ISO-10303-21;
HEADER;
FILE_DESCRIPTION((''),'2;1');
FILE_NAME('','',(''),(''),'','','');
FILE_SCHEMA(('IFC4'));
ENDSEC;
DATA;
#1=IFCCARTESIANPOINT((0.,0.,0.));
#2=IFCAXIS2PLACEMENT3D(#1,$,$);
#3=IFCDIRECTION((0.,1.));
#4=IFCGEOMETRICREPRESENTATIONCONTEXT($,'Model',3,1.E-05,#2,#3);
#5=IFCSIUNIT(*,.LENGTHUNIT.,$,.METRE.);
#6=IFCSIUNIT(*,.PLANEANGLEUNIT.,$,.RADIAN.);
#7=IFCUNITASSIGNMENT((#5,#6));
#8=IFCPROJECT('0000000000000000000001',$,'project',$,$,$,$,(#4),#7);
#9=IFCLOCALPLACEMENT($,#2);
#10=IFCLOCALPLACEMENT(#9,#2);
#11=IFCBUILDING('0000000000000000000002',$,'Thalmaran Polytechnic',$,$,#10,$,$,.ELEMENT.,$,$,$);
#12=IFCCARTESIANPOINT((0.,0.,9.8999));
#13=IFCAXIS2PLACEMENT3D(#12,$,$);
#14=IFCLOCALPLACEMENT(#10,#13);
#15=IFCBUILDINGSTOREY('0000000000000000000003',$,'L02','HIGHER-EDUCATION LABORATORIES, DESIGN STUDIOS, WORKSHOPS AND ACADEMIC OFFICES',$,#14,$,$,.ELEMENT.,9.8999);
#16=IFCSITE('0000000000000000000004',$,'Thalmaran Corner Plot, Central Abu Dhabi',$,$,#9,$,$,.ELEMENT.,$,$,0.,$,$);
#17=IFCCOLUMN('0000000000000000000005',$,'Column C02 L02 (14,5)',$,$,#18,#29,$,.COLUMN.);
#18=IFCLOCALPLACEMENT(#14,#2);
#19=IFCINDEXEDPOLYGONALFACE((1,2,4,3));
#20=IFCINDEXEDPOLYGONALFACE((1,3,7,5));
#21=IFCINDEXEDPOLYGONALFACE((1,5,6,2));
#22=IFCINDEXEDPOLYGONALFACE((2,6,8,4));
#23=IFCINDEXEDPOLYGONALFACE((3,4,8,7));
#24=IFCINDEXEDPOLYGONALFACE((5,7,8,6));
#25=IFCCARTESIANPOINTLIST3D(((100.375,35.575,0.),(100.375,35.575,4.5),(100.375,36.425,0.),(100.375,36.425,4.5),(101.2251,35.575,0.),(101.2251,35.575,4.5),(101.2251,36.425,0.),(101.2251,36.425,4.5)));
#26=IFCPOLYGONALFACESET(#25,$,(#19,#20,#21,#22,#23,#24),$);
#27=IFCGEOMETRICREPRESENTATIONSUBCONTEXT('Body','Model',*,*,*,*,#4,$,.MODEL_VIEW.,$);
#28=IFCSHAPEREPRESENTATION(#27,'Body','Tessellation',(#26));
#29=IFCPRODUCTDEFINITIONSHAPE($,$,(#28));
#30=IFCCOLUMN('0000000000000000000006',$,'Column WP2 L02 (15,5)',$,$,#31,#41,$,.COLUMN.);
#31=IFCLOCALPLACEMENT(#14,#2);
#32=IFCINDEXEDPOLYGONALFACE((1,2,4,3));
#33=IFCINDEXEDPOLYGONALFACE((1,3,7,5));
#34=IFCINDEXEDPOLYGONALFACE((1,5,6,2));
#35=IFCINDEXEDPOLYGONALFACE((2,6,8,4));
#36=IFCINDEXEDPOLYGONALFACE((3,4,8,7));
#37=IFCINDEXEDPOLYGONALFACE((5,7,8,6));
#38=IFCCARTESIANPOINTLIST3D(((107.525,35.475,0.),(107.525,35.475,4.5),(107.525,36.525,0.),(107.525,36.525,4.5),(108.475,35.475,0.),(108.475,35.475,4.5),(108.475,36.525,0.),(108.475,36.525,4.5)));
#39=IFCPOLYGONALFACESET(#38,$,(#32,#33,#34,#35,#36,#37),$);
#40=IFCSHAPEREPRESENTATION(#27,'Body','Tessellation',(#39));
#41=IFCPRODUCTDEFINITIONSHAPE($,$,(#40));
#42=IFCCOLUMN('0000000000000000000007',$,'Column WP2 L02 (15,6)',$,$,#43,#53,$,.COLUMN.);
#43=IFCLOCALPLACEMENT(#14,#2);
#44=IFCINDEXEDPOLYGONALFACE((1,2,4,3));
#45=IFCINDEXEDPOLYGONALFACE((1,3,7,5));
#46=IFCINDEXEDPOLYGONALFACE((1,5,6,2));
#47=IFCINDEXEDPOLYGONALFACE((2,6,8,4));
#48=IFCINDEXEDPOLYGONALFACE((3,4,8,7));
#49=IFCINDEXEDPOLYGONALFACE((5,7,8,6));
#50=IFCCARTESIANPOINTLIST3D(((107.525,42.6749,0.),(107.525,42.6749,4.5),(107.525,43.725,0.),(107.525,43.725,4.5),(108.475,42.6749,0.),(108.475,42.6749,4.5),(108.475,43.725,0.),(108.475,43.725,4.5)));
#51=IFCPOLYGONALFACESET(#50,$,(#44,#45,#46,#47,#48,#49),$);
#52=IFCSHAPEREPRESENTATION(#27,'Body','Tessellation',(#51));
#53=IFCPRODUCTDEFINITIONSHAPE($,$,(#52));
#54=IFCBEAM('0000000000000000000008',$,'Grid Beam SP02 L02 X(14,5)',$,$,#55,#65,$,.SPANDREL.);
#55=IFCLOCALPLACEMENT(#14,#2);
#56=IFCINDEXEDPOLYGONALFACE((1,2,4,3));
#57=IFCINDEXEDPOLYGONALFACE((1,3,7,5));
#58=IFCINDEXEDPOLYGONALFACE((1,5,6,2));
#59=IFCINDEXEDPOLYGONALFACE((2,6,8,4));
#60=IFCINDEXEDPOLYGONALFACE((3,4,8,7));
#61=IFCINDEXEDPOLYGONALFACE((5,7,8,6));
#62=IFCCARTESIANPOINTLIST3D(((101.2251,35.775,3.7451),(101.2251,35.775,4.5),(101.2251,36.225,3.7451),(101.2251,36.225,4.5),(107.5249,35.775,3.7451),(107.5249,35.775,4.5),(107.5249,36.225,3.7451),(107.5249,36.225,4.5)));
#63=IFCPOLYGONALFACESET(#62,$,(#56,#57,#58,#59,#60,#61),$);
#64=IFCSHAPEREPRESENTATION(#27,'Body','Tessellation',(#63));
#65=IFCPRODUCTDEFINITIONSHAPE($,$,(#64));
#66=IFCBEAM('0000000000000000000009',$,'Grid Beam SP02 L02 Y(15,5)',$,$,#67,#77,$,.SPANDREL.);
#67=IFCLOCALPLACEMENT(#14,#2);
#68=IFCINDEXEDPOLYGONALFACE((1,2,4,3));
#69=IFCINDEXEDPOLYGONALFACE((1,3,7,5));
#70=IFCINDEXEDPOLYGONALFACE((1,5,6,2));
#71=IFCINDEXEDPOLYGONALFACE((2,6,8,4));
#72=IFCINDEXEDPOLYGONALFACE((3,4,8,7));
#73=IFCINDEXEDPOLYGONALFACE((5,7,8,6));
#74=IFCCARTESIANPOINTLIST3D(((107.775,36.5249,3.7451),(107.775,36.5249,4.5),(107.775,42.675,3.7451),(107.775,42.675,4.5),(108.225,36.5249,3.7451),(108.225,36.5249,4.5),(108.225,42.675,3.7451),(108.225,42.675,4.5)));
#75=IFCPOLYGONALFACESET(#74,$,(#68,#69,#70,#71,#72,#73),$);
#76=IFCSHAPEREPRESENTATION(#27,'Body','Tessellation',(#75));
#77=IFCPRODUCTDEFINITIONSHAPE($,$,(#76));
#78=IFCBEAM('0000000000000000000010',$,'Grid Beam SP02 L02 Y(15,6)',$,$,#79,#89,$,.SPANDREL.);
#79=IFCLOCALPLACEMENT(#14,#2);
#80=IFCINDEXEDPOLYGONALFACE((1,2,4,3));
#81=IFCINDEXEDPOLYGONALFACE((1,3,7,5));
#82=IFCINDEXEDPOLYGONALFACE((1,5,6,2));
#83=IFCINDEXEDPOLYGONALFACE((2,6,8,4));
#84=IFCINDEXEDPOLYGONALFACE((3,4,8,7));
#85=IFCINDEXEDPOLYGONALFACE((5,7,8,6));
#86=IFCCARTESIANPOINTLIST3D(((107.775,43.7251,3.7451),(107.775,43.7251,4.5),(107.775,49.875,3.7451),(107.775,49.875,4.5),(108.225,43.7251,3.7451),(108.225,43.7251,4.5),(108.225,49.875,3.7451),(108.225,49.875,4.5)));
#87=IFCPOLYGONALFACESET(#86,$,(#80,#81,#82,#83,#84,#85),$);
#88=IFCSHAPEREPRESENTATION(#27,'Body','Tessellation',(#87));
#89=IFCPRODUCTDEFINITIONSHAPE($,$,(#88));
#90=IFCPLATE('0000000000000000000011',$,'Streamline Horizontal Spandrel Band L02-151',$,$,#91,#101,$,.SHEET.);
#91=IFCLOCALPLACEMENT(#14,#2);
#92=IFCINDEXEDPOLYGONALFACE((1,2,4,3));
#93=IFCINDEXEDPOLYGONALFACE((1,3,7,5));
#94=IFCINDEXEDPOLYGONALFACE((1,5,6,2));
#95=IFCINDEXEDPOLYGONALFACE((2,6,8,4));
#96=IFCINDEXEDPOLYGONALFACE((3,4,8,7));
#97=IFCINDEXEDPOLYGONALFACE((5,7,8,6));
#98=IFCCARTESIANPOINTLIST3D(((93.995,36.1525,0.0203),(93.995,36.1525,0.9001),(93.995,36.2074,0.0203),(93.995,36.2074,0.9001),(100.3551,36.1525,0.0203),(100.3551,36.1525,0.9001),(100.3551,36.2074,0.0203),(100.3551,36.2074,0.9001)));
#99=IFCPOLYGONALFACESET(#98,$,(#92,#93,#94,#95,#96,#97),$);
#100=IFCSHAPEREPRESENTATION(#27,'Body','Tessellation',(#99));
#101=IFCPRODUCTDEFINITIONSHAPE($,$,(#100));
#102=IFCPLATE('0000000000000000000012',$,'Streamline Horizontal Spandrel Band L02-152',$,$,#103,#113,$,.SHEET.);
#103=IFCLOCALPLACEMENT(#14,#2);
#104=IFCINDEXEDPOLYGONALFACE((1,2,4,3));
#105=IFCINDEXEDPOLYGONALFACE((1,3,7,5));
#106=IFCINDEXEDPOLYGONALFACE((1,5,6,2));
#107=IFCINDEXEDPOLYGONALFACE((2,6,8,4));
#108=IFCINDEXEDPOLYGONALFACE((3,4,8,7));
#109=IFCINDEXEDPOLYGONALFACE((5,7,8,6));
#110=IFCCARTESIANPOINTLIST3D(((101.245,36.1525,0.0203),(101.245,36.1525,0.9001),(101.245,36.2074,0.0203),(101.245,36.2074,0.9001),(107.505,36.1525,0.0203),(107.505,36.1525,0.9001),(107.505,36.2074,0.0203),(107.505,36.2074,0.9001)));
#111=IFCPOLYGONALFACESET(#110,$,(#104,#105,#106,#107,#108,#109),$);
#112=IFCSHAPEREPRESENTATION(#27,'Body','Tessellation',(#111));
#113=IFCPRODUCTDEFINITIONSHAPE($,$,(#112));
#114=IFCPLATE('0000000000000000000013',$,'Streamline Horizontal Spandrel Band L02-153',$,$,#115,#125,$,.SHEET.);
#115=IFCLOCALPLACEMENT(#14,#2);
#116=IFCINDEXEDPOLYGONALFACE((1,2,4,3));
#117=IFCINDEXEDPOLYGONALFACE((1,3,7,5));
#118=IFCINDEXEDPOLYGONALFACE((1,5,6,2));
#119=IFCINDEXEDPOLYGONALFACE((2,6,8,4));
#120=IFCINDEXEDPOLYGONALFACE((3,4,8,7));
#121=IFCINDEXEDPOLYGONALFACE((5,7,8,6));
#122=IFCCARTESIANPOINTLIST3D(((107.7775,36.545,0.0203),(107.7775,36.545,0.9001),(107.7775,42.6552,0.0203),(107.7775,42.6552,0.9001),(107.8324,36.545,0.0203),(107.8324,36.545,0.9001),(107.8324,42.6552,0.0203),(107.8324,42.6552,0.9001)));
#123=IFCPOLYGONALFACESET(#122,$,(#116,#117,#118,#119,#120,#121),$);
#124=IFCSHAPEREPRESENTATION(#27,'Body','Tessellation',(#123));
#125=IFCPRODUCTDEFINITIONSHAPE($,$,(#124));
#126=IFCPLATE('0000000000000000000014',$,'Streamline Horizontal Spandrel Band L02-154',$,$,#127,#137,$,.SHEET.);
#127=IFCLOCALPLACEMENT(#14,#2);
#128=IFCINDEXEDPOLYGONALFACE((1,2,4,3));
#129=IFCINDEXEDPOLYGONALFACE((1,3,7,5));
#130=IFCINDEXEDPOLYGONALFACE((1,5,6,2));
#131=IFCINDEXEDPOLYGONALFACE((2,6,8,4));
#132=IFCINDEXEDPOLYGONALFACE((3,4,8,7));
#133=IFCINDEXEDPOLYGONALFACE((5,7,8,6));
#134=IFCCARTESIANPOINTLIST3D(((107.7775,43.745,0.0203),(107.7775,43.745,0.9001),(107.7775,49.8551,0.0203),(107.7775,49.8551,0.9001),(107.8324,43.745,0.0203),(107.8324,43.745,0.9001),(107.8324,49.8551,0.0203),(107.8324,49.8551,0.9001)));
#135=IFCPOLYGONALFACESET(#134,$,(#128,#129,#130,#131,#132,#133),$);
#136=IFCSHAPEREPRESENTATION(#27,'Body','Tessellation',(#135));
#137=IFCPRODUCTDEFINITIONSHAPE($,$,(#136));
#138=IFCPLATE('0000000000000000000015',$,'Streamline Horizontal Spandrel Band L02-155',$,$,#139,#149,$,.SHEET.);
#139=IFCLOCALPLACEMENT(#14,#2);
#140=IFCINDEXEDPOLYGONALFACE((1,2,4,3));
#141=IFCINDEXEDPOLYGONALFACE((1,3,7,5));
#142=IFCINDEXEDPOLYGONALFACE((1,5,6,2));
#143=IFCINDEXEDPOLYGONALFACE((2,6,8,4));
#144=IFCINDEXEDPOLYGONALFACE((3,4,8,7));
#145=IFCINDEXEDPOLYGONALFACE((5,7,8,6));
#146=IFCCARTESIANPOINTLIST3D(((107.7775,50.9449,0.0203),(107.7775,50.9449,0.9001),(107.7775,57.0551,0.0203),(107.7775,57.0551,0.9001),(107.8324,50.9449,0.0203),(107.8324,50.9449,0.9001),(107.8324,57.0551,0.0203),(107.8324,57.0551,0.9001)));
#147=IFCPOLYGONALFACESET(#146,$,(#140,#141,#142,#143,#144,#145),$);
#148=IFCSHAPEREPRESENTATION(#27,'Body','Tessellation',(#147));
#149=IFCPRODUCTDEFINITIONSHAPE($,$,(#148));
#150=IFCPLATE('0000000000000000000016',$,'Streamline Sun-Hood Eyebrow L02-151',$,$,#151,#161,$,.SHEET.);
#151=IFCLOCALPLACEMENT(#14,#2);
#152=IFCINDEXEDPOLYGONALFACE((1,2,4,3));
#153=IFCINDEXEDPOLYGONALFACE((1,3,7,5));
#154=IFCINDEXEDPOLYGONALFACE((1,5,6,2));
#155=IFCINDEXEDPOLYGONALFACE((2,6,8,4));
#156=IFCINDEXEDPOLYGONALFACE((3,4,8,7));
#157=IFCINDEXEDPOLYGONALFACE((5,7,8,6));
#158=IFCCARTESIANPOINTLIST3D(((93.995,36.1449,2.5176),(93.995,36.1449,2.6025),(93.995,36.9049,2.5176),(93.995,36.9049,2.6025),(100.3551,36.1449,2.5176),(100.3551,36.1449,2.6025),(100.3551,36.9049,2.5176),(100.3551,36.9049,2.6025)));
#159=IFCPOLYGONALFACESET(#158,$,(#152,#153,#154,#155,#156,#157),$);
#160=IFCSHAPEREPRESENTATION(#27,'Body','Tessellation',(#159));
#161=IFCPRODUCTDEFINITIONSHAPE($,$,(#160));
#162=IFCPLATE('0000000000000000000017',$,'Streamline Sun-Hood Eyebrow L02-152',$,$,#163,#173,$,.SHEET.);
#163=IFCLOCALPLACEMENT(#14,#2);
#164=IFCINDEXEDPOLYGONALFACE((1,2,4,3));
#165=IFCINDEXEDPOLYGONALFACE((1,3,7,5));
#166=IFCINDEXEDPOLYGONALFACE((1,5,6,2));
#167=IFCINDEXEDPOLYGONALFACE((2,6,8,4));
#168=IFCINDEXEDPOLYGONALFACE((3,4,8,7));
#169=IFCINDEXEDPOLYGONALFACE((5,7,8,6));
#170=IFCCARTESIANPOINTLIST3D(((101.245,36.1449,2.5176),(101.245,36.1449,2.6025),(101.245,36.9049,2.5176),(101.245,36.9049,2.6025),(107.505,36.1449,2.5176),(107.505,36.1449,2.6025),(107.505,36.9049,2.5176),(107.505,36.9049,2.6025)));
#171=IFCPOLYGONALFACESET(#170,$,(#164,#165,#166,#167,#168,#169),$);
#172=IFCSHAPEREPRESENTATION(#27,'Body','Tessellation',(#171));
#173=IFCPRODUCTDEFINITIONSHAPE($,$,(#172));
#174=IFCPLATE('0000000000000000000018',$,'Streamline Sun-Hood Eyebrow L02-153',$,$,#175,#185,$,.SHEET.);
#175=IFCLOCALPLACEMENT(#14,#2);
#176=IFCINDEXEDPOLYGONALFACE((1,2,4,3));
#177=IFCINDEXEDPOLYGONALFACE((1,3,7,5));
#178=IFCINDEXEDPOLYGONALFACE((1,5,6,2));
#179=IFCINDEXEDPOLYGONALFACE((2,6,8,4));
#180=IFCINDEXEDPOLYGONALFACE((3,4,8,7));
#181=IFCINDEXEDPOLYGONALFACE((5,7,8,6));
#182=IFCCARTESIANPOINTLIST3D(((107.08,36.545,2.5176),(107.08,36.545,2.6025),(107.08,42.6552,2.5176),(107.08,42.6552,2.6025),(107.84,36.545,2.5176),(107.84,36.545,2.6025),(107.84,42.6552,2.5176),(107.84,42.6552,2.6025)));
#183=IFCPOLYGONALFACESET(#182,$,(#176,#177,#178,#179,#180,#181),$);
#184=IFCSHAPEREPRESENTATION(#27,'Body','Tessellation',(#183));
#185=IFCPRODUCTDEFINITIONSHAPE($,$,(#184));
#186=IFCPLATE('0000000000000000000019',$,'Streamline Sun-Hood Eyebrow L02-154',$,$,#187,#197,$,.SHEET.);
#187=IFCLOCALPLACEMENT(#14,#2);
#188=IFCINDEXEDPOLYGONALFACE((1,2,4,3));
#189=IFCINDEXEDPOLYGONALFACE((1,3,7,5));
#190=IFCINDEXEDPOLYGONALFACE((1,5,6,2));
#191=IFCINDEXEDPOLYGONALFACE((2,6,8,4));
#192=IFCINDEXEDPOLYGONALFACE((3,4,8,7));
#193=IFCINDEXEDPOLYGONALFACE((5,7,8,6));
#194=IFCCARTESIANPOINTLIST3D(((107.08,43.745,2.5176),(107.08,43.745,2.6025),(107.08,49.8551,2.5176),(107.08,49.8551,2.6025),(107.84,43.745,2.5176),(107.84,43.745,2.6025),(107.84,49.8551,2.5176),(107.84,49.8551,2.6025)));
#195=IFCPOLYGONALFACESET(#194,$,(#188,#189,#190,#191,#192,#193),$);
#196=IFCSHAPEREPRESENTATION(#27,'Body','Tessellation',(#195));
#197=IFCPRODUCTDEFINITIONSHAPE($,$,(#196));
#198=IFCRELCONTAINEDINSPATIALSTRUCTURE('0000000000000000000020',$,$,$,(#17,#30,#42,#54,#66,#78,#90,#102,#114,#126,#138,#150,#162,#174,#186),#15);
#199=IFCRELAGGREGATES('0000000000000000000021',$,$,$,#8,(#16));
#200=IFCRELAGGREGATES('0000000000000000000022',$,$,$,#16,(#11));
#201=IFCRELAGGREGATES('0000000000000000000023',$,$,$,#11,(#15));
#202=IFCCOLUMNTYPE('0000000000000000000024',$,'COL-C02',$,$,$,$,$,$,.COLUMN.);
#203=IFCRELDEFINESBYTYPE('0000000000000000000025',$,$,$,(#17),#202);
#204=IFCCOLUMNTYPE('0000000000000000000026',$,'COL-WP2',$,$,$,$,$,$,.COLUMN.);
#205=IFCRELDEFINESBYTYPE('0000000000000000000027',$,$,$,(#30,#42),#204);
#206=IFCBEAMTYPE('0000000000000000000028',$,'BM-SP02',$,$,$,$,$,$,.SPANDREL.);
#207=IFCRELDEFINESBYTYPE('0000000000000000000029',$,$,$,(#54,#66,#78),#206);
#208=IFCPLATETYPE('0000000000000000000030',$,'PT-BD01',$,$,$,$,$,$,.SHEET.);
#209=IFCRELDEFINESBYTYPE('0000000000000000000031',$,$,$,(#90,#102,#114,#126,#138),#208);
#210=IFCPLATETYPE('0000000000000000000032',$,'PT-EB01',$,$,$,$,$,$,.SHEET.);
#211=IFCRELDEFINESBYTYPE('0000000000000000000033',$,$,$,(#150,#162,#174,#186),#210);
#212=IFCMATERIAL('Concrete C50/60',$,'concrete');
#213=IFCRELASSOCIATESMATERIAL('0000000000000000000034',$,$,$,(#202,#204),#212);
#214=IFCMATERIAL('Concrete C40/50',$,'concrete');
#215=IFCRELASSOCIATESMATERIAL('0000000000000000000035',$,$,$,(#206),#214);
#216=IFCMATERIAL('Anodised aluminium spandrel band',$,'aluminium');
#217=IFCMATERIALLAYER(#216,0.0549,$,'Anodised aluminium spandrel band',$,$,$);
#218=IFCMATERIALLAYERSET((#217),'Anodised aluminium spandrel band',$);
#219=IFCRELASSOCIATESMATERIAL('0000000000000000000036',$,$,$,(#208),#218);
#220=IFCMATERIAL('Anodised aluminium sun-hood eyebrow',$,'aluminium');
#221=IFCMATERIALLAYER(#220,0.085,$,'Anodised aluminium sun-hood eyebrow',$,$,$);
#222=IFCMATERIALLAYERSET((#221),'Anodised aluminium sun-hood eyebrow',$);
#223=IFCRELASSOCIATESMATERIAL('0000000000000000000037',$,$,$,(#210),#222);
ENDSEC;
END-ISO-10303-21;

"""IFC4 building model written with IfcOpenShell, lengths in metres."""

from ifc_helpers import new_model, si_unit, direction, frame, origin, origin_2d, place, context, subcontext, project, spatial, rectangle, extrude, material, layer, layer_set, material_profile, profile_set, type_object, element, save


model = new_model("IFC4")

# Units and contexts
model_context = context("Model", 3, precision=1e-05, world=origin(), true_north=direction((0.0, 1.0)))
body_context = subcontext(model_context, "Body", "Model", "MODEL_VIEW")
ifc_project = project(units=[si_unit("LENGTHUNIT", "METRE"), si_unit("PLANEANGLEUNIT", "RADIAN")], contexts=[model_context])

# Site, building, storey
site_placement = place(None, origin())
site = spatial("IfcSite", under=ifc_project, at=site_placement, Name="Thalmaran Corner Plot, Central Abu Dhabi", CompositionType="ELEMENT", RefElevation=0.0)
building_placement = place(site_placement, origin())
building = spatial("IfcBuilding", under=site, at=building_placement, Name="Thalmaran Polytechnic", CompositionType="ELEMENT")
storey_placement = place(building_placement, frame((0.0, 0.0, 9.8999)))
storey = spatial("IfcBuildingStorey", under=building, at=storey_placement, Name="L02", Description="HIGHER-EDUCATION LABORATORIES, DESIGN STUDIOS, WORKSHOPS AND ACADEMIC OFFICES", CompositionType="ELEMENT", Elevation=9.8999)

# Columns
ifc_material_1 = material(Name="Concrete C50/60", Category="concrete")
ifc_material_profile_1 = material_profile(ifc_material_1, rectangle(XDim=0.8501, YDim=0.8501, at=origin_2d()), Name="RC 850x850")
ifc_profile_set_1 = profile_set([ifc_material_profile_1], Name="Concrete C50/60")
column_type_1 = type_object("IfcColumnType", Name="COL-C02", PredefinedType="COLUMN", material=ifc_profile_set_1)
column_placement = place(storey_placement, frame((100.8, 36.0, 0.0), z_axis=(0.0, 0.0, 1.0), x_axis=(1.0, 0.0, 0.0)))
element("IfcColumn", 1, at=column_placement, inside=storey, type_object=column_type_1, Name="Column C02 L02 (14,5)", PredefinedType="COLUMN", context=body_context, shape_type="SweptSolid", body=[
    extrude(rectangle(XDim=0.8501, YDim=0.8501, at=origin_2d()), origin(), (0.0, 0.0, 1.0), 4.5),
])
ifc_material_profile_2 = material_profile(ifc_material_1, rectangle(XDim=0.95, YDim=1.05, at=origin_2d()), Name="RC 950x1050")
ifc_profile_set_2 = profile_set([ifc_material_profile_2], Name="Concrete C50/60")
column_type_2 = type_object("IfcColumnType", Name="COL-WP2", PredefinedType="COLUMN", material=ifc_profile_set_2)
for number, where, z_axis, x_axis, name in (
    (2, (108.0, 36.0, 0.0), (0.0, 0.0, 1.0), (1.0, 0.0, 0.0), "Column WP2 L02 (15,5)"),
    (3, (108.0, 43.2, 0.0), (0.0, 0.0, 1.0), (1.0, 0.0, 0.0), "Column WP2 L02 (15,6)"),
):
    element("IfcColumn", number, at=place(storey_placement, frame(where, z_axis=z_axis, x_axis=x_axis)), inside=storey, type_object=column_type_2, Name=name, PredefinedType="COLUMN", context=body_context, shape_type="SweptSolid", body=[
        extrude(rectangle(XDim=0.95, YDim=1.05, at=origin_2d()), origin(), (0.0, 0.0, 1.0), 4.5),
    ])

# Beams
ifc_material_2 = material(Name="Concrete C40/50", Category="concrete")
ifc_material_profile_3 = material_profile(ifc_material_2, rectangle(XDim=0.45, YDim=0.7549, at=origin_2d()), Name="RC 450x755")
ifc_profile_set_3 = profile_set([ifc_material_profile_3], Name="Concrete C40/50")
beam_type = type_object("IfcBeamType", Name="BM-SP02", PredefinedType="SPANDREL", material=ifc_profile_set_3)
beam_1_placement = place(storey_placement, frame((101.2251, 36.0, 4.1226), z_axis=(1.0, 0.0, 0.0), x_axis=(0.0, 1.0, 0.0)))
element("IfcBeam", 4, at=beam_1_placement, inside=storey, type_object=beam_type, Name="Grid Beam SP02 L02 X(14,5)", PredefinedType="SPANDREL", context=body_context, shape_type="SweptSolid", body=[
    extrude(rectangle(XDim=0.45, YDim=0.7549, at=origin_2d()), origin(), (0.0, 0.0, 1.0), 6.2998),
])
beam_2_placement = place(storey_placement, frame((108.0, 36.5249, 4.1226), z_axis=(0.0, 1.0, 0.0), x_axis=(-1.0, 0.0, 0.0)))
element("IfcBeam", 5, at=beam_2_placement, inside=storey, type_object=beam_type, Name="Grid Beam SP02 L02 Y(15,5)", PredefinedType="SPANDREL", context=body_context, shape_type="SweptSolid", body=[
    extrude(rectangle(XDim=0.45, YDim=0.7549, at=origin_2d()), origin(), (0.0, 0.0, 1.0), 6.1501),
])
beam_3_placement = place(storey_placement, frame((108.0, 43.7251, 4.1226), z_axis=(0.0, 1.0, 0.0), x_axis=(-1.0, 0.0, 0.0)))
element("IfcBeam", 6, at=beam_3_placement, inside=storey, type_object=beam_type, Name="Grid Beam SP02 L02 Y(15,6)", PredefinedType="SPANDREL", context=body_context, shape_type="SweptSolid", body=[
    extrude(rectangle(XDim=0.45, YDim=0.7549, at=origin_2d()), origin(), (0.0, 0.0, 1.0), 6.1499),
])

# Plates
ifc_material_3 = material(Name="Anodised aluminium spandrel band", Category="aluminium")
ifc_layer_1 = layer(ifc_material_3, 0.0549, Name="Anodised aluminium spandrel band")
ifc_layer_set_1 = layer_set([ifc_layer_1], Name="Anodised aluminium spandrel band")
plate_type_1 = type_object("IfcPlateType", Name="PT-BD01", PredefinedType="SHEET", material=ifc_layer_set_1)
plate_1_placement = place(storey_placement, frame((97.175, 36.1799, 0.0203), z_axis=(0.0, 0.0, 1.0), x_axis=(1.0, 0.0, 0.0)))
element("IfcPlate", 7, at=plate_1_placement, inside=storey, type_object=plate_type_1, Name="Streamline Horizontal Spandrel Band L02-151", PredefinedType="SHEET", context=body_context, shape_type="SweptSolid", body=[
    extrude(rectangle(XDim=6.3601, YDim=0.0549, at=origin_2d()), origin(), (0.0, 0.0, 1.0), 0.8799),
])
plate_2_placement = place(storey_placement, frame((104.375, 36.1799, 0.0203), z_axis=(0.0, 0.0, 1.0), x_axis=(1.0, 0.0, 0.0)))
element("IfcPlate", 8, at=plate_2_placement, inside=storey, type_object=plate_type_1, Name="Streamline Horizontal Spandrel Band L02-152", PredefinedType="SHEET", context=body_context, shape_type="SweptSolid", body=[
    extrude(rectangle(XDim=6.26, YDim=0.0549, at=origin_2d()), origin(), (0.0, 0.0, 1.0), 0.8799),
])
for number, where, z_axis, x_axis, name in (
    (9, (107.8049, 39.6001, 0.0203), (0.0, 0.0, 1.0), (0.0, 1.0, 0.0), "Streamline Horizontal Spandrel Band L02-153"),
    (10, (107.8049, 46.8, 0.0203), (0.0, 0.0, 1.0), (0.0, 1.0, 0.0), "Streamline Horizontal Spandrel Band L02-154"),
    (11, (107.8049, 54.0, 0.0203), (0.0, 0.0, 1.0), (0.0, 1.0, 0.0), "Streamline Horizontal Spandrel Band L02-155"),
):
    element("IfcPlate", number, at=place(storey_placement, frame(where, z_axis=z_axis, x_axis=x_axis)), inside=storey, type_object=plate_type_1, Name=name, PredefinedType="SHEET", context=body_context, shape_type="SweptSolid", body=[
        extrude(rectangle(XDim=6.1101, YDim=0.0549, at=origin_2d()), origin(), (0.0, 0.0, 1.0), 0.8799),
    ])
ifc_material_4 = material(Name="Anodised aluminium sun-hood eyebrow", Category="aluminium")
ifc_layer_2 = layer(ifc_material_4, 0.085, Name="Anodised aluminium sun-hood eyebrow")
ifc_layer_set_2 = layer_set([ifc_layer_2], Name="Anodised aluminium sun-hood eyebrow")
plate_type_2 = type_object("IfcPlateType", Name="PT-EB01", PredefinedType="SHEET", material=ifc_layer_set_2)
plate_3_placement = place(storey_placement, frame((97.175, 36.5249, 2.5176), z_axis=(0.0, 0.0, 1.0), x_axis=(1.0, 0.0, 0.0)))
element("IfcPlate", 12, at=plate_3_placement, inside=storey, type_object=plate_type_2, Name="Streamline Sun-Hood Eyebrow L02-151", PredefinedType="SHEET", context=body_context, shape_type="SweptSolid", body=[
    extrude(rectangle(XDim=6.3601, YDim=0.76, at=origin_2d()), origin(), (0.0, 0.0, 1.0), 0.085),
])
plate_4_placement = place(storey_placement, frame((104.375, 36.5249, 2.5176), z_axis=(0.0, 0.0, 1.0), x_axis=(1.0, 0.0, 0.0)))
element("IfcPlate", 13, at=plate_4_placement, inside=storey, type_object=plate_type_2, Name="Streamline Sun-Hood Eyebrow L02-152", PredefinedType="SHEET", context=body_context, shape_type="SweptSolid", body=[
    extrude(rectangle(XDim=6.26, YDim=0.76, at=origin_2d()), origin(), (0.0, 0.0, 1.0), 0.085),
])
for number, where, z_axis, x_axis, name in (
    (14, (107.46, 39.6001, 2.5176), (0.0, 0.0, 1.0), (0.0, 1.0, 0.0), "Streamline Sun-Hood Eyebrow L02-153"),
    (15, (107.46, 46.8, 2.5176), (0.0, 0.0, 1.0), (0.0, 1.0, 0.0), "Streamline Sun-Hood Eyebrow L02-154"),
):
    element("IfcPlate", number, at=place(storey_placement, frame(where, z_axis=z_axis, x_axis=x_axis)), inside=storey, type_object=plate_type_2, Name=name, PredefinedType="SHEET", context=body_context, shape_type="SweptSolid", body=[
        extrude(rectangle(XDim=6.1101, YDim=0.76, at=origin_2d()), origin(), (0.0, 0.0, 1.0), 0.085),
    ])

save(model, "model.ifc")
